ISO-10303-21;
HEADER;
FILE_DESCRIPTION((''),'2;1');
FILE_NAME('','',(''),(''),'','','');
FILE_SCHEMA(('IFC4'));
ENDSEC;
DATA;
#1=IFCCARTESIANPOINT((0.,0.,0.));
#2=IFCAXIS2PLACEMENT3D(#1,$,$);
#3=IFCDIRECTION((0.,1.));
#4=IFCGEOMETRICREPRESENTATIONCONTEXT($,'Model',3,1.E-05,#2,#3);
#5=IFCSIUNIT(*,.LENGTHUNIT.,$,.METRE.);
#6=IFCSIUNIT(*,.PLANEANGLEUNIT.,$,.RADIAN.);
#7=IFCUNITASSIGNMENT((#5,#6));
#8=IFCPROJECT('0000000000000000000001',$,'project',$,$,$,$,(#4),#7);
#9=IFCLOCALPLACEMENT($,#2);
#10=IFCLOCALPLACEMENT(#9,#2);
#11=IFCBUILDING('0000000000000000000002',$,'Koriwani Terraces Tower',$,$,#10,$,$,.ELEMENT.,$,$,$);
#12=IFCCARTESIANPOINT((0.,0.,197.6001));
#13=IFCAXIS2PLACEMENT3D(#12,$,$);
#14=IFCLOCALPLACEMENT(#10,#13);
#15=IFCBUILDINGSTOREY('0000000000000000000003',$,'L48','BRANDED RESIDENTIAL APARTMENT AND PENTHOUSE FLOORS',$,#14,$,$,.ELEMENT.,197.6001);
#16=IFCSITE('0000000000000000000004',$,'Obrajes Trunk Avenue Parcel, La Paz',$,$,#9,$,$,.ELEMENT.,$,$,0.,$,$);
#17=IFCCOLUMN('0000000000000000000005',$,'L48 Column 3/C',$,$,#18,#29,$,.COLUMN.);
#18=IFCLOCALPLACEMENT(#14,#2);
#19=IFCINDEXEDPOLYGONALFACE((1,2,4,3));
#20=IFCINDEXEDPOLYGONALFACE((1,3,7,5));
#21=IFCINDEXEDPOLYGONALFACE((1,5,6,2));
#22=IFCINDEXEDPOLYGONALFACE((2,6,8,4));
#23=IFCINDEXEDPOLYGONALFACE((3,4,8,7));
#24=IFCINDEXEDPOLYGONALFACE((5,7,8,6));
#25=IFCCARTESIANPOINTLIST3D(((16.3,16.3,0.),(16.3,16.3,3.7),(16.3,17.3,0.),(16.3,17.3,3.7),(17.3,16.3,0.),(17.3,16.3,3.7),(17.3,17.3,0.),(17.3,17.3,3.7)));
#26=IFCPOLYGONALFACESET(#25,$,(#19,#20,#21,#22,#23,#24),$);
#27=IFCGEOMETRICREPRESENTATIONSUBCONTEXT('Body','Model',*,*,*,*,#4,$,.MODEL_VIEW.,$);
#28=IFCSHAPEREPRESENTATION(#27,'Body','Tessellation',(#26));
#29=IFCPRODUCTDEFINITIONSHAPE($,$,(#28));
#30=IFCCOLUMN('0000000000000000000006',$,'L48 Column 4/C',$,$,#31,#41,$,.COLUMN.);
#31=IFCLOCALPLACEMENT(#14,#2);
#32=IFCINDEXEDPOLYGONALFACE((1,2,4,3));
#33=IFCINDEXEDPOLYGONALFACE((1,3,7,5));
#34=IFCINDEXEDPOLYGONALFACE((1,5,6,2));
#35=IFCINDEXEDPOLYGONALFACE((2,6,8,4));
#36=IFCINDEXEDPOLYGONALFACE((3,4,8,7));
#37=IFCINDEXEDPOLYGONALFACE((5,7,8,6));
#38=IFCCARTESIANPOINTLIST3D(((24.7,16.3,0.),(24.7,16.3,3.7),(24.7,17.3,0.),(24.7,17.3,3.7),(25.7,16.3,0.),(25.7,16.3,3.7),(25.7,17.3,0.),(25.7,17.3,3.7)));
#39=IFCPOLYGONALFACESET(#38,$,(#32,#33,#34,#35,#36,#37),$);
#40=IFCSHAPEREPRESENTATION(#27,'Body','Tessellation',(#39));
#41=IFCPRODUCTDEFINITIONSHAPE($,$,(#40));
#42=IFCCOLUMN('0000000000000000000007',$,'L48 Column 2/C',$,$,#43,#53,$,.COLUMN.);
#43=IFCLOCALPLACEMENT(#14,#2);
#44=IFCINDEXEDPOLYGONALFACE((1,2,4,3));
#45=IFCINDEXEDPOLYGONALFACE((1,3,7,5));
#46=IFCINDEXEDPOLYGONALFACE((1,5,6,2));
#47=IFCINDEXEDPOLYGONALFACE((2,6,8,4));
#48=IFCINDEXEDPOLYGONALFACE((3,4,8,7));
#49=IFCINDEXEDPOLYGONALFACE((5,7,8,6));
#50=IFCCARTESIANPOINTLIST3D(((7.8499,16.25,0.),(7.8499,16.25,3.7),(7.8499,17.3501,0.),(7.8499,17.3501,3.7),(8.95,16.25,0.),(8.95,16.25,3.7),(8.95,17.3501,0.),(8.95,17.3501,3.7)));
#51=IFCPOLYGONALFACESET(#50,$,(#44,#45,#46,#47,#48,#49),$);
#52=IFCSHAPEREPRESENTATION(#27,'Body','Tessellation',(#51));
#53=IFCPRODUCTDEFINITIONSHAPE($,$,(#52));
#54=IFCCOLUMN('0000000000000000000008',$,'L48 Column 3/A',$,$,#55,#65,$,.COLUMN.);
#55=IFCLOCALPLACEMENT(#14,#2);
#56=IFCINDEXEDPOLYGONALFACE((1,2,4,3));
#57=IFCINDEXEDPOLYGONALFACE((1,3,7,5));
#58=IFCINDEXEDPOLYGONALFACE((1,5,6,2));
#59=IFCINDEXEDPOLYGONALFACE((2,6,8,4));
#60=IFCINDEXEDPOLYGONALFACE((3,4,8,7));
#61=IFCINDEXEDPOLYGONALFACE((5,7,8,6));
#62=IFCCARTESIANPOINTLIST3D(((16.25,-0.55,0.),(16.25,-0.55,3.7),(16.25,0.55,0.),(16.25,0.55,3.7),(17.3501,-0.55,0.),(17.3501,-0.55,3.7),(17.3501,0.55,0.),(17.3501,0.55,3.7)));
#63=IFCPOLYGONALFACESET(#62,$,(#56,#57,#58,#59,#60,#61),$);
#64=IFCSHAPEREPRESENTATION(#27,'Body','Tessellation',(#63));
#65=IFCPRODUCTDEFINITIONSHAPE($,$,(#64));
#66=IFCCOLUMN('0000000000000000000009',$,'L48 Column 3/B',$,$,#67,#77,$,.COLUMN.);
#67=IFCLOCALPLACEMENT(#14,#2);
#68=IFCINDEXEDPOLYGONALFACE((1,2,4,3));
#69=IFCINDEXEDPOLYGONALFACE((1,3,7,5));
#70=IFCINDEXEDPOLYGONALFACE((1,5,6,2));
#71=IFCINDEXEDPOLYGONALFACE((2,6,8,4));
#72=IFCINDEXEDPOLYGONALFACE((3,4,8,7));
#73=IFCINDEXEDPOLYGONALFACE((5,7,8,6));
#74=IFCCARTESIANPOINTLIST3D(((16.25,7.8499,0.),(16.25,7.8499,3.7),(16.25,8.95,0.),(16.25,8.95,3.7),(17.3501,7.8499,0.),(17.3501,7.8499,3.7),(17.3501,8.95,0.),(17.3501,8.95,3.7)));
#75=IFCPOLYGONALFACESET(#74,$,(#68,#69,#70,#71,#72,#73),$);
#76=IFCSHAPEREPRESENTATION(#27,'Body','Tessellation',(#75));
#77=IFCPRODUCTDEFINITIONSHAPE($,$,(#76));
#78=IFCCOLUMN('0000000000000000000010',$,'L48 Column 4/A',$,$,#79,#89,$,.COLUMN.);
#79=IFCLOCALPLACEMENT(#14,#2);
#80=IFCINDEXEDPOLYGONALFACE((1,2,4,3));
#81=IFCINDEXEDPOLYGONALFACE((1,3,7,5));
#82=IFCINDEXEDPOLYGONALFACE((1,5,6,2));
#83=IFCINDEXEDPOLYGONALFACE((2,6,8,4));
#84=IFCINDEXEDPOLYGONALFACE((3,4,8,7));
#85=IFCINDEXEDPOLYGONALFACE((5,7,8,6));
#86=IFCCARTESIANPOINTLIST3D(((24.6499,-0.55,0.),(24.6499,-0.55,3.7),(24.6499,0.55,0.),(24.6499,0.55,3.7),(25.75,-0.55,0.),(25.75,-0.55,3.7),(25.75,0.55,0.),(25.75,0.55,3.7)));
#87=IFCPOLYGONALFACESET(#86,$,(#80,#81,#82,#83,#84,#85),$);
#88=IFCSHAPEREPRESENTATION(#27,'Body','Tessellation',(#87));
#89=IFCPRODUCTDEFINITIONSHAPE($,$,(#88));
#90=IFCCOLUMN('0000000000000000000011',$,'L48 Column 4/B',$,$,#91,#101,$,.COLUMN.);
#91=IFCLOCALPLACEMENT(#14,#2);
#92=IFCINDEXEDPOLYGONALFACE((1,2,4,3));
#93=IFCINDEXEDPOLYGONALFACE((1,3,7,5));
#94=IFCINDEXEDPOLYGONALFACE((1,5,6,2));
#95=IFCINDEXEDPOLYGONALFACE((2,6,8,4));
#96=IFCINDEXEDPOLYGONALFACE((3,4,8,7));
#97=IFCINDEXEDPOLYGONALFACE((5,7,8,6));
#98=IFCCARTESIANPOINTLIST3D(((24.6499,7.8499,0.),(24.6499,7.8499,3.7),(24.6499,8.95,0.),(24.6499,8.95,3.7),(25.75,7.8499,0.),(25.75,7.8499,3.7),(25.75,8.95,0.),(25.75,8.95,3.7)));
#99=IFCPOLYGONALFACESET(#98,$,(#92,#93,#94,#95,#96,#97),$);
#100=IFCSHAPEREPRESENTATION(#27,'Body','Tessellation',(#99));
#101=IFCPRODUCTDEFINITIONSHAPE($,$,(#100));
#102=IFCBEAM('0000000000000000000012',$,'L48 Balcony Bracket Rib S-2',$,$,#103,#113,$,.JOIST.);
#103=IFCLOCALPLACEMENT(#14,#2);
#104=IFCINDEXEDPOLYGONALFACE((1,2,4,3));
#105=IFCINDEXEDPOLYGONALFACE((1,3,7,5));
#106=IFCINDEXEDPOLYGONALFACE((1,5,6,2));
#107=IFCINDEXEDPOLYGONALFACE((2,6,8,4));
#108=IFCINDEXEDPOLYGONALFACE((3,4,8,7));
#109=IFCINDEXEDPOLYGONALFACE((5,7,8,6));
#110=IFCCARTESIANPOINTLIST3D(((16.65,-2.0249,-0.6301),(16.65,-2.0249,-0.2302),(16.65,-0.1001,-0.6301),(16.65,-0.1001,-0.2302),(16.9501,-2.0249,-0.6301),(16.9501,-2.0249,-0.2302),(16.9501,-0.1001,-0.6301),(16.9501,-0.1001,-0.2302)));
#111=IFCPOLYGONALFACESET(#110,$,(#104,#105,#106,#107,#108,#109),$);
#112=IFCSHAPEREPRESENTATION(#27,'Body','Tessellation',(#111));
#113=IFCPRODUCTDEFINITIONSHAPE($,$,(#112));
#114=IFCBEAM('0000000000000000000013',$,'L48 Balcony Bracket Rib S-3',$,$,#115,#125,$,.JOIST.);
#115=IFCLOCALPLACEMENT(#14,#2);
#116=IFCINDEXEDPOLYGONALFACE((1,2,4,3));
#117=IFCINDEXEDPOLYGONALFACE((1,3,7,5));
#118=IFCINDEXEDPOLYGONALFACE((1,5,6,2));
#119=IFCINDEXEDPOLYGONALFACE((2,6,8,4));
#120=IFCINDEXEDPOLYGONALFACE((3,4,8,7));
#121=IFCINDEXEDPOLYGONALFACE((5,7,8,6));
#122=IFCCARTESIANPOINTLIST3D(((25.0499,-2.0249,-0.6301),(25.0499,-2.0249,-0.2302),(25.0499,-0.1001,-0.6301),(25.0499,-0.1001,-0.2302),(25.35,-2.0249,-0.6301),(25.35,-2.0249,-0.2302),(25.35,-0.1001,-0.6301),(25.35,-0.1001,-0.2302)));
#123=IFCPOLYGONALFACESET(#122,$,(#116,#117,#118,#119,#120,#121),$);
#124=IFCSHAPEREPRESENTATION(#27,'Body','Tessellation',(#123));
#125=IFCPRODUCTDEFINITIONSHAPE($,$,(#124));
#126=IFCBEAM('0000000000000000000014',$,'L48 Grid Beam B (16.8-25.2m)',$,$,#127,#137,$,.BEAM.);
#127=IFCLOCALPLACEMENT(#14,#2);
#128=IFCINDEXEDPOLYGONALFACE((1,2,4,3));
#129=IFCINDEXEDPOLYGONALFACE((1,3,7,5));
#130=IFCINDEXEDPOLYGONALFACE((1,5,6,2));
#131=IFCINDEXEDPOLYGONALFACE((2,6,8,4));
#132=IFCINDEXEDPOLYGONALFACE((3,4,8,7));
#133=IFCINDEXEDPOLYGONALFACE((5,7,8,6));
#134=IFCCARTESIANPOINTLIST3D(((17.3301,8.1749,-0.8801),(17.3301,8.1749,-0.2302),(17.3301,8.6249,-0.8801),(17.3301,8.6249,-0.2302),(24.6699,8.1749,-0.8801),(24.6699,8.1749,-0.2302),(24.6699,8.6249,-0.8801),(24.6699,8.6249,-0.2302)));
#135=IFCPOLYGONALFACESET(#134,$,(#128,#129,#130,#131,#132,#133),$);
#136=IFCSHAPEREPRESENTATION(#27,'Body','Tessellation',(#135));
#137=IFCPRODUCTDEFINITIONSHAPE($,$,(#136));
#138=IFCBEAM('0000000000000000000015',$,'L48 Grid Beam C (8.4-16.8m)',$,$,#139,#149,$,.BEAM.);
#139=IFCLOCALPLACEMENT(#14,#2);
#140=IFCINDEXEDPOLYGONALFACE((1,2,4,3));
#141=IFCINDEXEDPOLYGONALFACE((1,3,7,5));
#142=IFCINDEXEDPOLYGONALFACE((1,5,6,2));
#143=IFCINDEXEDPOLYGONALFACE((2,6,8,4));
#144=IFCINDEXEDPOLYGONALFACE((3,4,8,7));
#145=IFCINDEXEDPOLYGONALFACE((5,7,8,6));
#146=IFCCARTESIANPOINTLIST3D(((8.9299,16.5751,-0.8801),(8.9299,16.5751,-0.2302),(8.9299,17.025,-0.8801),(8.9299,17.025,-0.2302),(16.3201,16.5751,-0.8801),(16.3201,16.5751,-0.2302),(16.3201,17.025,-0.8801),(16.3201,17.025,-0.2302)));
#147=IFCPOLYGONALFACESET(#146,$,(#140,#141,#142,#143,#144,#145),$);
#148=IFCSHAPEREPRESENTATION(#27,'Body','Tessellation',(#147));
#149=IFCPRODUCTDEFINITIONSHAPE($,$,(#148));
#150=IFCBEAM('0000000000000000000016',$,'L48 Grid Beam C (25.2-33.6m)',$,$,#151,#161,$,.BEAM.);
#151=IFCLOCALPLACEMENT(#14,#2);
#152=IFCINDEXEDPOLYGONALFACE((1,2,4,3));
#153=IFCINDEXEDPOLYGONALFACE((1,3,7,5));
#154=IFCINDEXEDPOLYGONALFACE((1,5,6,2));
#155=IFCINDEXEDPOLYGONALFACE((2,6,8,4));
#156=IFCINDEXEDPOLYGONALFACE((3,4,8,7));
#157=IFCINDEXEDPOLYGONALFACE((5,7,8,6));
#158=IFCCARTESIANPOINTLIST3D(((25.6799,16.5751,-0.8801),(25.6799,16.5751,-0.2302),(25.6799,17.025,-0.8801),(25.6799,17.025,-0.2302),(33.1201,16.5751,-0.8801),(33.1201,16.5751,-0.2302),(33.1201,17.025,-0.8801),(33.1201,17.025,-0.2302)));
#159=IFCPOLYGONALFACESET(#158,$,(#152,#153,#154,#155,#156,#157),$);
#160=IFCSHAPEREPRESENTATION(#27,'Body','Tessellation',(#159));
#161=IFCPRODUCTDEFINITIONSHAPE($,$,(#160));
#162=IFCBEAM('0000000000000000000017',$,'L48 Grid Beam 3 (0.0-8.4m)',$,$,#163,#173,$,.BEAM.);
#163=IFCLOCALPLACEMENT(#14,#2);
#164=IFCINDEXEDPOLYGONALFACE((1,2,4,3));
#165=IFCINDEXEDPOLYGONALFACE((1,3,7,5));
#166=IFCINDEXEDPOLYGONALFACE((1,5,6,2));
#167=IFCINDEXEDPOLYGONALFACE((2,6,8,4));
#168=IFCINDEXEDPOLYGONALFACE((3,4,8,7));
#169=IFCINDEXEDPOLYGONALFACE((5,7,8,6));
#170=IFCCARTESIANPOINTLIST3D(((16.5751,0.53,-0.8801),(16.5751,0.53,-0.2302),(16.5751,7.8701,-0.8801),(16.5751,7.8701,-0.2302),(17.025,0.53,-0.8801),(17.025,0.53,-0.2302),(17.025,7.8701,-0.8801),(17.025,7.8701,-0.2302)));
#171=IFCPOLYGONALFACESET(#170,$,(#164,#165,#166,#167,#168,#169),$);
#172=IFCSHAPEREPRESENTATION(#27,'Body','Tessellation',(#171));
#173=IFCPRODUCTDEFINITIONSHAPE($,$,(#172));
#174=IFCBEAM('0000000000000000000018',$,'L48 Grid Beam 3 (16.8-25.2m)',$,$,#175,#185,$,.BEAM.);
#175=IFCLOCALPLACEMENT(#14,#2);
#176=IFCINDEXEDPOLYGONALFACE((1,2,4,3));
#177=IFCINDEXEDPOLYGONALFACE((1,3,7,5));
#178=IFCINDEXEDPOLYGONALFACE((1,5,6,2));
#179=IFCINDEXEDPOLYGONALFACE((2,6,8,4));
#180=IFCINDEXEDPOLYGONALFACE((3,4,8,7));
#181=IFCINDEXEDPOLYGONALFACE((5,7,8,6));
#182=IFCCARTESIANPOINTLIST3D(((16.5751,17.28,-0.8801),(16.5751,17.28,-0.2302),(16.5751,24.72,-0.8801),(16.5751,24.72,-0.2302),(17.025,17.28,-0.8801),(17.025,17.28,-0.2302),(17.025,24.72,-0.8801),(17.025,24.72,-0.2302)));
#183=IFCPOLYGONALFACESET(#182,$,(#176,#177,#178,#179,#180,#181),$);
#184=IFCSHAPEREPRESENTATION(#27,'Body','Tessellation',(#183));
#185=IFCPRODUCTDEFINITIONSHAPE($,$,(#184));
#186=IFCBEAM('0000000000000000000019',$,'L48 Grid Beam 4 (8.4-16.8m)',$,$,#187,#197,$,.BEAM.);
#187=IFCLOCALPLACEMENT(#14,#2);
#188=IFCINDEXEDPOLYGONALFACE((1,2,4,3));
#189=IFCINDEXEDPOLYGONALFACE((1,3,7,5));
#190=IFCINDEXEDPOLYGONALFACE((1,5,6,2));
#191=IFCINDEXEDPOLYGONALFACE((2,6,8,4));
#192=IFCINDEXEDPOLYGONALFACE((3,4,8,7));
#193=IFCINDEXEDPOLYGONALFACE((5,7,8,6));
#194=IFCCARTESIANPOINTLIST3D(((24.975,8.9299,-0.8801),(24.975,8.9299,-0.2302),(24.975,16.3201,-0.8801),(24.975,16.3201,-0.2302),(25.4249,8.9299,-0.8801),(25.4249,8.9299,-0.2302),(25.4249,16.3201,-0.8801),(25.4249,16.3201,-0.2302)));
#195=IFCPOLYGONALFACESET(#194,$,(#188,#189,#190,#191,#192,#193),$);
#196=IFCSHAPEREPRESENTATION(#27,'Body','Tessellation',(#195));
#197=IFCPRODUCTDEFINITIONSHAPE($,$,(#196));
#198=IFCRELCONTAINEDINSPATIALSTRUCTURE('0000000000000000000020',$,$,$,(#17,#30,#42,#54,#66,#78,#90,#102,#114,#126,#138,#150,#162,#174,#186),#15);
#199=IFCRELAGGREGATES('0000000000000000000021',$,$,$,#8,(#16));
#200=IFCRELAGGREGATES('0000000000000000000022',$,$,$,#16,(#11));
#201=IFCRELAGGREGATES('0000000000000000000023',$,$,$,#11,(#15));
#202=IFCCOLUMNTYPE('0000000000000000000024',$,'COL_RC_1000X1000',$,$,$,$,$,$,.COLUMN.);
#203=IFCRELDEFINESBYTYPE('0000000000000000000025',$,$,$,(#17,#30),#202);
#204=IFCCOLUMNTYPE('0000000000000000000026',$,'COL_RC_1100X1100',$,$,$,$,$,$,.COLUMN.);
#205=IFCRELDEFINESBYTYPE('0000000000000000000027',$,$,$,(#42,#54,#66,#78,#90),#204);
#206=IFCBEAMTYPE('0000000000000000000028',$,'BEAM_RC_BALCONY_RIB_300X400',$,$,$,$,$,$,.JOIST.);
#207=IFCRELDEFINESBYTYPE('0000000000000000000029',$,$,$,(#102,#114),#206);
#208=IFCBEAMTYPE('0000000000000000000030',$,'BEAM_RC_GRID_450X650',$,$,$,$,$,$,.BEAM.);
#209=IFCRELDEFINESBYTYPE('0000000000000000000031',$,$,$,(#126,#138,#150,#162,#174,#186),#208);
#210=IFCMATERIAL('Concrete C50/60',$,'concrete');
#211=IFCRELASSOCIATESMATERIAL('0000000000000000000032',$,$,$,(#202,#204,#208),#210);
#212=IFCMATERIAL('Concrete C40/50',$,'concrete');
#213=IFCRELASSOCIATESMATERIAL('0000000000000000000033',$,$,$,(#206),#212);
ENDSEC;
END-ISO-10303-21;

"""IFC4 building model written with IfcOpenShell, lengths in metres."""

from ifc_helpers import new_model, si_unit, direction, frame, origin, origin_2d, place, context, subcontext, project, spatial, rectangle, extrude, material, material_profile, profile_set, type_object, element, save


model = new_model("IFC4")

# Units and contexts
model_context = context("Model", 3, precision=1e-05, world=origin(), true_north=direction((0.0, 1.0)))
body_context = subcontext(model_context, "Body", "Model", "MODEL_VIEW")
ifc_project = project(units=[si_unit("LENGTHUNIT", "METRE"), si_unit("PLANEANGLEUNIT", "RADIAN")], contexts=[model_context])

# Site, building, storey
site_placement = place(None, origin())
site = spatial("IfcSite", under=ifc_project, at=site_placement, Name="Obrajes Trunk Avenue Parcel, La Paz", CompositionType="ELEMENT", RefElevation=0.0)
building_placement = place(site_placement, origin())
building = spatial("IfcBuilding", under=site, at=building_placement, Name="Koriwani Terraces Tower", CompositionType="ELEMENT")
storey_placement = place(building_placement, frame((0.0, 0.0, 197.6001)))
storey = spatial("IfcBuildingStorey", under=building, at=storey_placement, Name="L48", Description="BRANDED RESIDENTIAL APARTMENT AND PENTHOUSE FLOORS", CompositionType="ELEMENT", Elevation=197.6001)

# Columns
ifc_material_1 = material(Name="Concrete C50/60", Category="concrete")
ifc_material_profile_1 = material_profile(ifc_material_1, rectangle(XDim=1.0, YDim=1.0, at=origin_2d()), Name="Concrete C50/60", Category="LoadBearing")
ifc_profile_set_1 = profile_set([ifc_material_profile_1], Name="Concrete C50/60")
column_type_1 = type_object("IfcColumnType", Name="COL_RC_1000X1000", PredefinedType="COLUMN", material=ifc_profile_set_1)
for number, where, z_axis, x_axis, name in (
    (1, (16.8, 16.8, 0.0), (0.0, 0.0, 1.0), (1.0, 0.0, 0.0), "L48 Column 3/C"),
    (2, (25.2, 16.8, 0.0), (0.0, 0.0, 1.0), (1.0, 0.0, 0.0), "L48 Column 4/C"),
):
    element("IfcColumn", number, at=place(storey_placement, frame(where, z_axis=z_axis, x_axis=x_axis)), inside=storey, type_object=column_type_1, Name=name, PredefinedType="COLUMN", context=body_context, shape_type="SweptSolid", body=[
        extrude(rectangle(XDim=1.0, YDim=1.0, at=origin_2d()), origin(), (0.0, 0.0, 1.0), 3.7),
    ])
ifc_material_profile_2 = material_profile(ifc_material_1, rectangle(XDim=1.1001, YDim=1.1001, at=origin_2d()), Name="Concrete C50/60", Category="LoadBearing")
ifc_profile_set_2 = profile_set([ifc_material_profile_2], Name="Concrete C50/60")
column_type_2 = type_object("IfcColumnType", Name="COL_RC_1100X1100", PredefinedType="COLUMN", material=ifc_profile_set_2)
for number, where, z_axis, x_axis, name in (
    (3, (8.3999, 16.8, 0.0), (0.0, 0.0, 1.0), (1.0, 0.0, 0.0), "L48 Column 2/C"),
    (4, (16.8, 0.0, 0.0), (0.0, 0.0, 1.0), (1.0, 0.0, 0.0), "L48 Column 3/A"),
    (5, (16.8, 8.3999, 0.0), (0.0, 0.0, 1.0), (1.0, 0.0, 0.0), "L48 Column 3/B"),
    (6, (25.2, 0.0, 0.0), (0.0, 0.0, 1.0), (1.0, 0.0, 0.0), "L48 Column 4/A"),
    (7, (25.2, 8.3999, 0.0), (0.0, 0.0, 1.0), (1.0, 0.0, 0.0), "L48 Column 4/B"),
):
    element("IfcColumn", number, at=place(storey_placement, frame(where, z_axis=z_axis, x_axis=x_axis)), inside=storey, type_object=column_type_2, Name=name, PredefinedType="COLUMN", context=body_context, shape_type="SweptSolid", body=[
        extrude(rectangle(XDim=1.1001, YDim=1.1001, at=origin_2d()), origin(), (0.0, 0.0, 1.0), 3.7),
    ])

# Beams
ifc_material_2 = material(Name="Concrete C40/50", Category="concrete")
ifc_material_profile_3 = material_profile(ifc_material_2, rectangle(XDim=0.3, YDim=0.3999, at=origin_2d()), Name="Concrete C40/50", Category="LoadBearing")
ifc_profile_set_3 = profile_set([ifc_material_profile_3], Name="Concrete C40/50")
beam_type_1 = type_object("IfcBeamType", Name="BEAM_RC_BALCONY_RIB_300X400", PredefinedType="JOIST", material=ifc_profile_set_3)
for number, where, z_axis, x_axis, name in (
    (8, (16.8, -2.0249, -0.4302), (0.0, 1.0, 0.0), (-1.0, 0.0, 0.0), "L48 Balcony Bracket Rib S-2"),
    (9, (25.2, -2.0249, -0.4302), (0.0, 1.0, 0.0), (-1.0, 0.0, 0.0), "L48 Balcony Bracket Rib S-3"),
):
    element("IfcBeam", number, at=place(storey_placement, frame(where, z_axis=z_axis, x_axis=x_axis)), inside=storey, type_object=beam_type_1, Name=name, PredefinedType="JOIST", context=body_context, shape_type="SweptSolid", body=[
        extrude(rectangle(XDim=0.3, YDim=0.3999, at=origin_2d()), origin(), (0.0, 0.0, 1.0), 1.9248),
    ])
ifc_material_profile_4 = material_profile(ifc_material_1, rectangle(XDim=0.45, YDim=0.6499, at=origin_2d()), Name="Concrete C50/60", Category="LoadBearing")
ifc_profile_set_4 = profile_set([ifc_material_profile_4], Name="Concrete C50/60")
beam_type_2 = type_object("IfcBeamType", Name="BEAM_RC_GRID_450X650", PredefinedType="BEAM", material=ifc_profile_set_4)
beam_1_placement = place(storey_placement, frame((17.3301, 8.3999, -0.5552), z_axis=(1.0, 0.0, 0.0), x_axis=(0.0, 1.0, 0.0)))
element("IfcBeam", 10, at=beam_1_placement, inside=storey, type_object=beam_type_2, Name="L48 Grid Beam B (16.8-25.2m)", PredefinedType="BEAM", context=body_context, shape_type="SweptSolid", body=[
    extrude(rectangle(XDim=0.45, YDim=0.6499, at=origin_2d()), origin(), (0.0, 0.0, 1.0), 7.3398),
])
beam_2_placement = place(storey_placement, frame((8.9299, 16.8, -0.5552), z_axis=(1.0, 0.0, 0.0), x_axis=(0.0, 1.0, 0.0)))
element("IfcBeam", 11, at=beam_2_placement, inside=storey, type_object=beam_type_2, Name="L48 Grid Beam C (8.4-16.8m)", PredefinedType="BEAM", context=body_context, shape_type="SweptSolid", body=[
    extrude(rectangle(XDim=0.45, YDim=0.6499, at=origin_2d()), origin(), (0.0, 0.0, 1.0), 7.3901),
])
beam_3_placement = place(storey_placement, frame((25.6799, 16.8, -0.5552), z_axis=(1.0, 0.0, 0.0), x_axis=(0.0, 1.0, 0.0)))
element("IfcBeam", 12, at=beam_3_placement, inside=storey, type_object=beam_type_2, Name="L48 Grid Beam C (25.2-33.6m)", PredefinedType="BEAM", context=body_context, shape_type="SweptSolid", body=[
    extrude(rectangle(XDim=0.45, YDim=0.6499, at=origin_2d()), origin(), (0.0, 0.0, 1.0), 7.4402),
])
beam_4_placement = place(storey_placement, frame((16.8, 0.53, -0.5552), z_axis=(0.0, 1.0, 0.0), x_axis=(-1.0, 0.0, 0.0)))
element("IfcBeam", 13, at=beam_4_placement, inside=storey, type_object=beam_type_2, Name="L48 Grid Beam 3 (0.0-8.4m)", PredefinedType="BEAM", context=body_context, shape_type="SweptSolid", body=[
    extrude(rectangle(XDim=0.45, YDim=0.6499, at=origin_2d()), origin(), (0.0, 0.0, 1.0), 7.3401),
])
beam_5_placement = place(storey_placement, frame((16.8, 17.28, -0.5552), z_axis=(0.0, 1.0, 0.0), x_axis=(-1.0, 0.0, 0.0)))
element("IfcBeam", 14, at=beam_5_placement, inside=storey, type_object=beam_type_2, Name="L48 Grid Beam 3 (16.8-25.2m)", PredefinedType="BEAM", context=body_context, shape_type="SweptSolid", body=[
    extrude(rectangle(XDim=0.45, YDim=0.6499, at=origin_2d()), origin(), (0.0, 0.0, 1.0), 7.4399),
])
beam_6_placement = place(storey_placement, frame((25.2, 8.9299, -0.5552), z_axis=(0.0, 1.0, 0.0), x_axis=(-1.0, 0.0, 0.0)))
element("IfcBeam", 15, at=beam_6_placement, inside=storey, type_object=beam_type_2, Name="L48 Grid Beam 4 (8.4-16.8m)", PredefinedType="BEAM", context=body_context, shape_type="SweptSolid", body=[
    extrude(rectangle(XDim=0.45, YDim=0.6499, at=origin_2d()), origin(), (0.0, 0.0, 1.0), 7.3901),
])

save(model, "model.ifc")
